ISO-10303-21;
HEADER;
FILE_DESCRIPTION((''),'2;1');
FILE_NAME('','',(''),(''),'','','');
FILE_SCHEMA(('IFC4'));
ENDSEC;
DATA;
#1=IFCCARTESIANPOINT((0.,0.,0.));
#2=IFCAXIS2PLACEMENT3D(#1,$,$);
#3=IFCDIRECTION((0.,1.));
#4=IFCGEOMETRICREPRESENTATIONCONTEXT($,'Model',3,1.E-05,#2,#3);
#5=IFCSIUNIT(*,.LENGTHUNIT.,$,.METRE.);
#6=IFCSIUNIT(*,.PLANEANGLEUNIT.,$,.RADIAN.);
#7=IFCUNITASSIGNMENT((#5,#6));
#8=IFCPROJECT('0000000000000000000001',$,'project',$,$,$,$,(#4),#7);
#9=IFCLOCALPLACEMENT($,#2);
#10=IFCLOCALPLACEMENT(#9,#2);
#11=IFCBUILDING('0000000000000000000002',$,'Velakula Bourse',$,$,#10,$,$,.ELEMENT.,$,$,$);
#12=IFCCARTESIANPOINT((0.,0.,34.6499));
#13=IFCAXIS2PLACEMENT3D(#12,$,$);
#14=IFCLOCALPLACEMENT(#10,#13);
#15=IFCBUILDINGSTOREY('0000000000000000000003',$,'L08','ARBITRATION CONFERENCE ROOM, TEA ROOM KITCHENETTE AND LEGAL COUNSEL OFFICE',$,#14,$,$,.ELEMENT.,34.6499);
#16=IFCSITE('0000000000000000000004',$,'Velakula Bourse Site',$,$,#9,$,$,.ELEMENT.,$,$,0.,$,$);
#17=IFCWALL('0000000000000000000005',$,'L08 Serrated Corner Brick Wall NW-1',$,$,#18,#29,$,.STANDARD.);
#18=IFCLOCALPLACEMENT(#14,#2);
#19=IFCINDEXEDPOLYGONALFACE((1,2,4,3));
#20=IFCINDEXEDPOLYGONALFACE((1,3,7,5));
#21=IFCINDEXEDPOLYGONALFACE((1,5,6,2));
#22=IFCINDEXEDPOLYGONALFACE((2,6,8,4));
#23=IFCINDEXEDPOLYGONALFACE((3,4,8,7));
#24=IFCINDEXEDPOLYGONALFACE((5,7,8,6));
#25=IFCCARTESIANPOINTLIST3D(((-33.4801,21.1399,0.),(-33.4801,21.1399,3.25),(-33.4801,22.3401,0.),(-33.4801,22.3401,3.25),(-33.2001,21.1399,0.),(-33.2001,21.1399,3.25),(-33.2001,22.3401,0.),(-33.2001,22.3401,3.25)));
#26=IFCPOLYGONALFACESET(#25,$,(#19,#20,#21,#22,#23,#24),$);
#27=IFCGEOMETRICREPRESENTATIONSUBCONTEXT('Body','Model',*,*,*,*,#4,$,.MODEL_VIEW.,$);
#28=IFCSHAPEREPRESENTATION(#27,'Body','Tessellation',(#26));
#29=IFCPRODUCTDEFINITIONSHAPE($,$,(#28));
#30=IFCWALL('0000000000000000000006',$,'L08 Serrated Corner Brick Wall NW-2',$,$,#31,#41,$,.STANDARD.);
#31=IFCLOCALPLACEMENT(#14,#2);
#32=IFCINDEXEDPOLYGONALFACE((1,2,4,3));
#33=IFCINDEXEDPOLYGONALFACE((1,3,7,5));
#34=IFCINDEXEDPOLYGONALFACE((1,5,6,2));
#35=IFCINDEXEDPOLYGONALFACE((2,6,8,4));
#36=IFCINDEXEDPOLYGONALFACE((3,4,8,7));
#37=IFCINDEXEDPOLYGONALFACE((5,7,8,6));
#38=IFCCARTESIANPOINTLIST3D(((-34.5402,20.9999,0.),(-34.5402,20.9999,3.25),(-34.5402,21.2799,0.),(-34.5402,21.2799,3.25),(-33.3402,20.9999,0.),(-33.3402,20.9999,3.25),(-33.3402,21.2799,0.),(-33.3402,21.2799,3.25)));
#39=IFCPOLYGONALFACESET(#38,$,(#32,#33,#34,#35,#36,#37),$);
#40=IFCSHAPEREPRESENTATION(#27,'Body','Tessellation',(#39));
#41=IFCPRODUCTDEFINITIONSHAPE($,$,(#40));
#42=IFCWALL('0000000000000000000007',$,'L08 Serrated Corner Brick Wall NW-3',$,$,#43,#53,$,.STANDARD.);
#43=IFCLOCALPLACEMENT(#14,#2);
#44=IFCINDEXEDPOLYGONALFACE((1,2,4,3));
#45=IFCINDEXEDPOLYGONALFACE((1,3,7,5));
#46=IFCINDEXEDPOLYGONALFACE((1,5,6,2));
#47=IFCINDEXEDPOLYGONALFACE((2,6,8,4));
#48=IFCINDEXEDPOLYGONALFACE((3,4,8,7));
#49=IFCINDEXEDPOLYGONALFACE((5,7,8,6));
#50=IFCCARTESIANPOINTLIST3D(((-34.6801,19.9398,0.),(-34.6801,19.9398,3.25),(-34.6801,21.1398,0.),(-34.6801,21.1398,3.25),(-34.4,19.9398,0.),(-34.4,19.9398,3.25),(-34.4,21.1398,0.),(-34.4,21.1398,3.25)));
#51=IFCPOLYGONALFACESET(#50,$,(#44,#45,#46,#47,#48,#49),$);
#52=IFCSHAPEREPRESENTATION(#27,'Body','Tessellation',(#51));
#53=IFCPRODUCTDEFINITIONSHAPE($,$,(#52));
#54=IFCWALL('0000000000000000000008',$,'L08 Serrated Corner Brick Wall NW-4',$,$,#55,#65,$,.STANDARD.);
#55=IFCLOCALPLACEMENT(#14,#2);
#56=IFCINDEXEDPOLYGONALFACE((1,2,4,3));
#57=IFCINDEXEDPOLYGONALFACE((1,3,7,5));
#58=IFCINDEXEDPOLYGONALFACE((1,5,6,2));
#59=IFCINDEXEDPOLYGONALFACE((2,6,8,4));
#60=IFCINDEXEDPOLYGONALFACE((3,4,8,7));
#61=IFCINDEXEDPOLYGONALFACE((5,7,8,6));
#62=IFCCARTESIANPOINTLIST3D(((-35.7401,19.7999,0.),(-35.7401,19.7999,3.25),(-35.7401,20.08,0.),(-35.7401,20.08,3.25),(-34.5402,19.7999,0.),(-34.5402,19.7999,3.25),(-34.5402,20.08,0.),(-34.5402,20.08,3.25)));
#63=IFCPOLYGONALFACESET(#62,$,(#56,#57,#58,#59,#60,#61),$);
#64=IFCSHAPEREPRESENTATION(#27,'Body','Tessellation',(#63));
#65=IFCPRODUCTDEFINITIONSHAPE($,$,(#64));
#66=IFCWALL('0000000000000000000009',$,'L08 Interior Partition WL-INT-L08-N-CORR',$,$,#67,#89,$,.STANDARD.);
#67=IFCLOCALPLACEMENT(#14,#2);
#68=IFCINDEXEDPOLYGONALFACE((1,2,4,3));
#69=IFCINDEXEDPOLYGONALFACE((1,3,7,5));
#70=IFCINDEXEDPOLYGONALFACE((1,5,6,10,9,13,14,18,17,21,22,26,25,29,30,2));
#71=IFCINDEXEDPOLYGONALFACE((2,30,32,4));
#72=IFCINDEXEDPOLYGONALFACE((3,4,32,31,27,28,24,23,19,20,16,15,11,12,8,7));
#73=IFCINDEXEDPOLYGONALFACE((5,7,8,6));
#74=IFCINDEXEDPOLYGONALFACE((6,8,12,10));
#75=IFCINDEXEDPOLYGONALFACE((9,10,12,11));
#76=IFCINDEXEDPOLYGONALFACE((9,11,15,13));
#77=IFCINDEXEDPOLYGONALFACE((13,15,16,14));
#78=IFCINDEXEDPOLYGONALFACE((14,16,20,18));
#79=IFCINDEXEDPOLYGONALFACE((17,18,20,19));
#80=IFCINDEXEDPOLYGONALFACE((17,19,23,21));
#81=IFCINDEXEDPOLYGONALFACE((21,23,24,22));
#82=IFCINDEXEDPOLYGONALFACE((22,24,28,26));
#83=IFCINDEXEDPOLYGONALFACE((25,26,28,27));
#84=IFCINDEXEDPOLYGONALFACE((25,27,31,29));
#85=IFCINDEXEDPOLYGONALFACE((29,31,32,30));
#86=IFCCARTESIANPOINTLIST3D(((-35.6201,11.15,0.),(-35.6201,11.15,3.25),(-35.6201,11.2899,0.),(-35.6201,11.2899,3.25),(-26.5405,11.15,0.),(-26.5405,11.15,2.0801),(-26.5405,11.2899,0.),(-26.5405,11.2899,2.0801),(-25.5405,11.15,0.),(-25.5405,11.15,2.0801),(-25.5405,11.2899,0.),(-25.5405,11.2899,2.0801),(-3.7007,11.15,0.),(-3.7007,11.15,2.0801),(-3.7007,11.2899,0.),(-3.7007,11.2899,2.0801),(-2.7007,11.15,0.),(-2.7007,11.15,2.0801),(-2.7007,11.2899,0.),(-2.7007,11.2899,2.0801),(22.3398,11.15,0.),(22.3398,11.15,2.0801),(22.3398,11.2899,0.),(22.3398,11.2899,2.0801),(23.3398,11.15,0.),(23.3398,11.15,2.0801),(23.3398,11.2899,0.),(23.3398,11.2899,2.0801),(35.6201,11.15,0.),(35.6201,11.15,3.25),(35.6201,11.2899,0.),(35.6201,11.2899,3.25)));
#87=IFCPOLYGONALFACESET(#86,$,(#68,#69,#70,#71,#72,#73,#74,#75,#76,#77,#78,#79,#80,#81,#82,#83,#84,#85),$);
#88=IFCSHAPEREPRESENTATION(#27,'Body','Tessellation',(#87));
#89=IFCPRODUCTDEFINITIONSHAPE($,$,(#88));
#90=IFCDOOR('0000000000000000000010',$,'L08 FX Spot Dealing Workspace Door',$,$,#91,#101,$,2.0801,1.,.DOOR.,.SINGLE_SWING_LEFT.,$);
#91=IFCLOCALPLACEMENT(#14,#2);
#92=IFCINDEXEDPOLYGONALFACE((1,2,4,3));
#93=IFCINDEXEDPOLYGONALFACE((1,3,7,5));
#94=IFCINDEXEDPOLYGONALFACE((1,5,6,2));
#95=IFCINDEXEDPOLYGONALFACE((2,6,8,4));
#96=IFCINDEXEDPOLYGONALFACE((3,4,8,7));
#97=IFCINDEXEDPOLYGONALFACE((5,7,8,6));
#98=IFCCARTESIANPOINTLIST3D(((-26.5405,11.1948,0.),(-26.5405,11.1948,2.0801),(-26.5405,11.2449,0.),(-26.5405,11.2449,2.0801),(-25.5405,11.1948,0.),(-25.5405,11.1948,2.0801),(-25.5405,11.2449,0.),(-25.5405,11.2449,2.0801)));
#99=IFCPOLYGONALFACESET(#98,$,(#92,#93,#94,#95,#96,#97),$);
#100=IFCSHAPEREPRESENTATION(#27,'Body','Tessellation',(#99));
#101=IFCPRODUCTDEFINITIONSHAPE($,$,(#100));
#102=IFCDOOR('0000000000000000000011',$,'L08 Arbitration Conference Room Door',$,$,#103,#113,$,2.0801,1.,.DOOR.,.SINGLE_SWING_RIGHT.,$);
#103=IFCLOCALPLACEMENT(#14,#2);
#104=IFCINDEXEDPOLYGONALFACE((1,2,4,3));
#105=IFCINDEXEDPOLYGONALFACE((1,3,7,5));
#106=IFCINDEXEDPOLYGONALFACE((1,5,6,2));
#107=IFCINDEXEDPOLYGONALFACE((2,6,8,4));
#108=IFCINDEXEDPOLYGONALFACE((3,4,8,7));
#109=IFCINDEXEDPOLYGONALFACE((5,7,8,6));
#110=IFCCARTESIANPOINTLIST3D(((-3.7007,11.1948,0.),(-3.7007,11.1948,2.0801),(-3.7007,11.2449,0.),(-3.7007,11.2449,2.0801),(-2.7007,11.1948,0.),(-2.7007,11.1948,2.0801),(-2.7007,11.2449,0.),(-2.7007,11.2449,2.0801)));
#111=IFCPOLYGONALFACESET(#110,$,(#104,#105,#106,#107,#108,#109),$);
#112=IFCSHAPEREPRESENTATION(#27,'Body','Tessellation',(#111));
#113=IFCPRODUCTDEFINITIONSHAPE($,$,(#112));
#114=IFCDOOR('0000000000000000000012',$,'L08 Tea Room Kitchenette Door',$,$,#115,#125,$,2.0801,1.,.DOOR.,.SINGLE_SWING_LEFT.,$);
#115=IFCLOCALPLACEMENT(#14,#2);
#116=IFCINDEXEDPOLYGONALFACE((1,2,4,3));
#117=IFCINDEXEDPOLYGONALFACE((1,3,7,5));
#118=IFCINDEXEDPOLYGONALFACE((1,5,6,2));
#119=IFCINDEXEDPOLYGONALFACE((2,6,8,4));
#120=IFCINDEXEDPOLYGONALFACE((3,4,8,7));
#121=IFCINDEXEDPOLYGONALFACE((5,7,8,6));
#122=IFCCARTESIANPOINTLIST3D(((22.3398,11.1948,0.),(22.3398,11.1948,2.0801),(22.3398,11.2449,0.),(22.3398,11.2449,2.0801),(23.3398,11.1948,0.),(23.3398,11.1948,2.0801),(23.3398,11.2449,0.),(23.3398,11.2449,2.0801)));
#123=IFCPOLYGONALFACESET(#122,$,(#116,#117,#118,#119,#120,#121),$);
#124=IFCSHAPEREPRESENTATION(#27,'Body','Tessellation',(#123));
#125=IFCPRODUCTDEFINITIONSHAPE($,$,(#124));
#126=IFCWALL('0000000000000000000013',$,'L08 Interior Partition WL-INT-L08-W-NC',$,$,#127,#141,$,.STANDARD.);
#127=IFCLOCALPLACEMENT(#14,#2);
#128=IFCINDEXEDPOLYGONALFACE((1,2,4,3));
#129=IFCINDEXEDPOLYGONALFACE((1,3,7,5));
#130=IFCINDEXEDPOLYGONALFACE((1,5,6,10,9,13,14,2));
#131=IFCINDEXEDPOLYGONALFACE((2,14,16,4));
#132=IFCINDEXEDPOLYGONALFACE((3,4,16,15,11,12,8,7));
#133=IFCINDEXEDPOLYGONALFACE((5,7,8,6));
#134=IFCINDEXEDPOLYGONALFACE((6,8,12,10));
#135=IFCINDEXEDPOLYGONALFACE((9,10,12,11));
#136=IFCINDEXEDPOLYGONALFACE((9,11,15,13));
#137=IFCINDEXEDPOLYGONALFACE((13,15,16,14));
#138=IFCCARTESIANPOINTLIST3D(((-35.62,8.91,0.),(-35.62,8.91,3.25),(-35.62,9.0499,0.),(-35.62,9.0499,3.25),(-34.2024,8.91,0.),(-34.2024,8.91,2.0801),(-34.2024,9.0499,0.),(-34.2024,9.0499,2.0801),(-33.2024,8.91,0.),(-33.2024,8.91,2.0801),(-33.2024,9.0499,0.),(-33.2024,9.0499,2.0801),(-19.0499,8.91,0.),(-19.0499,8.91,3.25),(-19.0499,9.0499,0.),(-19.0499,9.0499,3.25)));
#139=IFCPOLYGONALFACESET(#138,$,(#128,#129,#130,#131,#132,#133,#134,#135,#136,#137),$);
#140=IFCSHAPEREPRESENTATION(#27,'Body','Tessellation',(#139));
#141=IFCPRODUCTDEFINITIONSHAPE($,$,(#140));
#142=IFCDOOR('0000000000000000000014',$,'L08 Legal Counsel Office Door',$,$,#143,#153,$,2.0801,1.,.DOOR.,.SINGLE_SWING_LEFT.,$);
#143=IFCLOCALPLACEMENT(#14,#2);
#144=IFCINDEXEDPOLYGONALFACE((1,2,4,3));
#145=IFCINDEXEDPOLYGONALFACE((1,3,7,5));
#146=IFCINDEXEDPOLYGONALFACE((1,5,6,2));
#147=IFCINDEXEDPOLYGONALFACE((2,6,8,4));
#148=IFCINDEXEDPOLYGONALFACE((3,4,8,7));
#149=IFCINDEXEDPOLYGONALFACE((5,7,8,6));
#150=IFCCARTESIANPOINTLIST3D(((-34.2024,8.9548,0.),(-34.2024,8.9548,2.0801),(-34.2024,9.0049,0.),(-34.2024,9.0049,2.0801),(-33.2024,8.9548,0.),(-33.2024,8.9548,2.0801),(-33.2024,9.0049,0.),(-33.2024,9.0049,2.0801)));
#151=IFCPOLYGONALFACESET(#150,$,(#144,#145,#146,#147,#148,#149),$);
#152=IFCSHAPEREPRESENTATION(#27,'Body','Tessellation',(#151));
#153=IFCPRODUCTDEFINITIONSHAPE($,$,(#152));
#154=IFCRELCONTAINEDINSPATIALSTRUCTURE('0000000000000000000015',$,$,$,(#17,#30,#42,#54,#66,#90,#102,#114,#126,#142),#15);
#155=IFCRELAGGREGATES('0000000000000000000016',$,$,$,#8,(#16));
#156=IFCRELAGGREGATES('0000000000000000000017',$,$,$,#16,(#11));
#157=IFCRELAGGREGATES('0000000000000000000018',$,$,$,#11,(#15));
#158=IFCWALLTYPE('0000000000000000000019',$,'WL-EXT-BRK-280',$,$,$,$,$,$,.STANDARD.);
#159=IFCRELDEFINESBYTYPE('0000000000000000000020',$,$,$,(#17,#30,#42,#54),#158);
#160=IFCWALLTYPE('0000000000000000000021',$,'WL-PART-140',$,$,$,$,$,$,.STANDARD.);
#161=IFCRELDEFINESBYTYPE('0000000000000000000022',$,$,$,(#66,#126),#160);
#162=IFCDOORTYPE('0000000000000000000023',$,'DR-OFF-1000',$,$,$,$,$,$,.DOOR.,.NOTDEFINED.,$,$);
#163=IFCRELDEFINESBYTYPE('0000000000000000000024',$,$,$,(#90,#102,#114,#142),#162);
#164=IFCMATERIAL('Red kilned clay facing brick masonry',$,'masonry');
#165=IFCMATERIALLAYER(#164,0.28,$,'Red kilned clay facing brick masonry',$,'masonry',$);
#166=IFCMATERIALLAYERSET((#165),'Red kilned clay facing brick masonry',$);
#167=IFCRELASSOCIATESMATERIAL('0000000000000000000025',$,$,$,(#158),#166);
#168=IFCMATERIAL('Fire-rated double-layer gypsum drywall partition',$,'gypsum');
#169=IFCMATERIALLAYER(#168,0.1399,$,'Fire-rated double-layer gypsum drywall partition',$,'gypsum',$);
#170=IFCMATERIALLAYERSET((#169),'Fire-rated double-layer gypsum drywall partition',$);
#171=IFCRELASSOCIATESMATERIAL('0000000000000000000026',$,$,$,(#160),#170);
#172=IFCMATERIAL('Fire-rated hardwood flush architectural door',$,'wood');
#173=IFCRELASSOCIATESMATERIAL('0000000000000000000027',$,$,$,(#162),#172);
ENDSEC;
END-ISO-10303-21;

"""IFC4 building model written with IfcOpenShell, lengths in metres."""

from ifc_helpers import new_model, si_unit, direction, frame, frame_2d, origin, place, context, subcontext, project, spatial, rectangle, extrude, material, layer, layer_set, type_object, element, fill, save


model = new_model("IFC4")

# Units and contexts
model_context = context("Model", 3, precision=1e-05, world=origin(), true_north=direction((0.0, 1.0)))
body_context = subcontext(model_context, "Body", "Model", "MODEL_VIEW")
ifc_project = project(units=[si_unit("LENGTHUNIT", "METRE"), si_unit("PLANEANGLEUNIT", "RADIAN")], contexts=[model_context])

# Site, building, storey
site_placement = place(None, origin())
site = spatial("IfcSite", under=ifc_project, at=site_placement, Name="Velakula Bourse Site", CompositionType="ELEMENT", RefElevation=0.0)
building_placement = place(site_placement, origin())
building = spatial("IfcBuilding", under=site, at=building_placement, Name="Velakula Bourse", CompositionType="ELEMENT")
storey_placement = place(building_placement, frame((0.0, 0.0, 34.6499)))
storey = spatial("IfcBuildingStorey", under=building, at=storey_placement, Name="L08", Description="ARBITRATION CONFERENCE ROOM, TEA ROOM KITCHENETTE AND LEGAL COUNSEL OFFICE", CompositionType="ELEMENT", Elevation=34.6499)

# Shared definitions
ifc_material_1 = material(Name="Red kilned clay facing brick masonry", Category="masonry")
ifc_layer_1 = layer(ifc_material_1, 0.28, Name="Red kilned clay facing brick masonry", Category="masonry")
ifc_layer_set_1 = layer_set([ifc_layer_1], Name="Red kilned clay facing brick masonry")
wall_type_1 = type_object("IfcWallType", Name="WL-EXT-BRK-280", PredefinedType="STANDARD", material=ifc_layer_set_1)

# Walls
wall_1_placement = place(storey_placement, frame((-33.3401, 22.3401, 0.0), z_axis=(0.0, 0.0, 1.0), x_axis=(0.0, -1.0, 0.0)))
element("IfcWall", 1, at=wall_1_placement, inside=storey, type_object=wall_type_1, Name="L08 Serrated Corner Brick Wall NW-1", PredefinedType="STANDARD", context=body_context, shape_type="SweptSolid", body=[
    extrude(rectangle(XDim=1.2002, YDim=0.28, at=frame_2d((0.6001, 0.0))), origin(), (0.0, 0.0, 1.0), 3.25),
])
for number, where, z_axis, x_axis, name in (
    (2, (-33.3401, 21.1399, 0.0), (0.0, 0.0, 1.0), (-1.0, 0.0, 0.0), "L08 Serrated Corner Brick Wall NW-2"),
    (3, (-34.54, 21.1399, 0.0), (0.0, 0.0, 1.0), (0.0, -1.0, 0.0), "L08 Serrated Corner Brick Wall NW-3"),
    (4, (-34.54, 19.9399, 0.0), (0.0, 0.0, 1.0), (-1.0, 0.0, 0.0), "L08 Serrated Corner Brick Wall NW-4"),
):
    element("IfcWall", number, at=place(storey_placement, frame(where, z_axis=z_axis, x_axis=x_axis)), inside=storey, type_object=wall_type_1, Name=name, PredefinedType="STANDARD", context=body_context, shape_type="SweptSolid", body=[
        extrude(rectangle(XDim=1.2, YDim=0.28, at=frame_2d((0.6001, 0.0))), origin(), (0.0, 0.0, 1.0), 3.25),
    ])

# Wall, openings, doors
ifc_material_2 = material(Name="Fire-rated double-layer gypsum drywall partition", Category="gypsum")
ifc_layer_2 = layer(ifc_material_2, 0.1399, Name="Fire-rated double-layer gypsum drywall partition", Category="gypsum")
ifc_layer_set_2 = layer_set([ifc_layer_2], Name="Fire-rated double-layer gypsum drywall partition")
wall_type_2 = type_object("IfcWallType", Name="WL-PART-140", PredefinedType="STANDARD", material=ifc_layer_set_2)
wall_2_placement = place(storey_placement, frame((-35.6201, 11.22, 0.0), z_axis=(0.0, 0.0, 1.0), x_axis=(1.0, 0.0, 0.0)))
wall_2 = element("IfcWall", 5, at=wall_2_placement, inside=storey, type_object=wall_type_2, Name="L08 Interior Partition WL-INT-L08-N-CORR", PredefinedType="STANDARD", context=body_context, shape_type="SweptSolid", body=[
    extrude(rectangle(XDim=71.2402, YDim=0.1399, at=frame_2d((35.6201, 0.0))), origin(), (0.0, 0.0, 1.0), 3.25),
])
opening_1_placement = place(wall_2_placement, frame((9.0796, 0.0, 0.0)))
opening_1 = element("IfcOpeningElement", 6, at=opening_1_placement, cuts=wall_2, PredefinedType="OPENING", context=body_context, shape_type="SweptSolid", body=[
    extrude(rectangle(XDim=1.0, YDim=2.0801, at=frame_2d((0.5, 1.04))), frame((0.0, 0.0798, 0.0), z_axis=(0.0, -1.0, 0.0), x_axis=(1.0, 0.0, 0.0)), (0.0, 0.0, 1.0), 0.1599),
])
opening_2_placement = place(wall_2_placement, frame((31.9194, 0.0, 0.0)))
opening_2 = element("IfcOpeningElement", 7, at=opening_2_placement, cuts=wall_2, PredefinedType="OPENING", context=body_context, shape_type="SweptSolid", body=[
    extrude(rectangle(XDim=1.0, YDim=2.0801, at=frame_2d((0.5, 1.04))), frame((0.0, 0.0798, 0.0), z_axis=(0.0, -1.0, 0.0), x_axis=(1.0, 0.0, 0.0)), (0.0, 0.0, 1.0), 0.1599),
])
opening_3_placement = place(wall_2_placement, frame((57.96, 0.0, 0.0)))
opening_3 = element("IfcOpeningElement", 8, at=opening_3_placement, cuts=wall_2, PredefinedType="OPENING", context=body_context, shape_type="SweptSolid", body=[
    extrude(rectangle(XDim=1.0, YDim=2.0801, at=frame_2d((0.5, 1.04))), frame((0.0, 0.0798, 0.0), z_axis=(0.0, -1.0, 0.0), x_axis=(1.0, 0.0, 0.0)), (0.0, 0.0, 1.0), 0.1599),
])
ifc_material_3 = material(Name="Fire-rated hardwood flush architectural door", Category="wood")
door_type = type_object("IfcDoorType", Name="DR-OFF-1000", OperationType="NOTDEFINED", PredefinedType="DOOR", material=ifc_material_3)
door_1_placement = place(opening_1_placement, origin())
door_1 = element("IfcDoor", 9, at=door_1_placement, inside=storey, type_object=door_type, Name="L08 FX Spot Dealing Workspace Door", OperationType="SINGLE_SWING_LEFT", OverallHeight=2.0801, OverallWidth=1.0, PredefinedType="DOOR", context=body_context, shape_type="SweptSolid", body=[
    extrude(rectangle(XDim=1.0, YDim=2.0801, at=frame_2d((0.5, 1.04))), frame((0.0, 0.0249, 0.0), z_axis=(0.0, -1.0, 0.0), x_axis=(1.0, 0.0, 0.0)), (0.0, 0.0, 1.0), 0.05),
])
fill(opening_1, door_1)
door_2_placement = place(opening_2_placement, origin())
door_2 = element("IfcDoor", 10, at=door_2_placement, inside=storey, type_object=door_type, Name="L08 Arbitration Conference Room Door", OperationType="SINGLE_SWING_RIGHT", OverallHeight=2.0801, OverallWidth=1.0, PredefinedType="DOOR", context=body_context, shape_type="SweptSolid", body=[
    extrude(rectangle(XDim=1.0, YDim=2.0801, at=frame_2d((0.5, 1.04))), frame((0.0, 0.0249, 0.0), z_axis=(0.0, -1.0, 0.0), x_axis=(1.0, 0.0, 0.0)), (0.0, 0.0, 1.0), 0.05),
])
fill(opening_2, door_2)
door_3_placement = place(opening_3_placement, origin())
door_3 = element("IfcDoor", 11, at=door_3_placement, inside=storey, type_object=door_type, Name="L08 Tea Room Kitchenette Door", OperationType="SINGLE_SWING_LEFT", OverallHeight=2.0801, OverallWidth=1.0, PredefinedType="DOOR", context=body_context, shape_type="SweptSolid", body=[
    extrude(rectangle(XDim=1.0, YDim=2.0801, at=frame_2d((0.5, 1.04))), frame((0.0, 0.0249, 0.0), z_axis=(0.0, -1.0, 0.0), x_axis=(1.0, 0.0, 0.0)), (0.0, 0.0, 1.0), 0.05),
])
fill(opening_3, door_3)

# Wall, opening, door
wall_3_placement = place(storey_placement, frame((-35.6201, 8.98, 0.0), z_axis=(0.0, 0.0, 1.0), x_axis=(1.0, 0.0, 0.0)))
wall_3 = element("IfcWall", 12, at=wall_3_placement, inside=storey, type_object=wall_type_2, Name="L08 Interior Partition WL-INT-L08-W-NC", PredefinedType="STANDARD", context=body_context, shape_type="SweptSolid", body=[
    extrude(rectangle(XDim=16.5701, YDim=0.1399, at=frame_2d((8.2852, 0.0))), origin(), (0.0, 0.0, 1.0), 3.25),
])
opening_4_placement = place(wall_3_placement, frame((1.4177, 0.0, 0.0)))
opening_4 = element("IfcOpeningElement", 13, at=opening_4_placement, cuts=wall_3, PredefinedType="OPENING", context=body_context, shape_type="SweptSolid", body=[
    extrude(rectangle(XDim=1.0, YDim=2.0801, at=frame_2d((0.5, 1.04))), frame((0.0, 0.0798, 0.0), z_axis=(0.0, -1.0, 0.0), x_axis=(1.0, 0.0, 0.0)), (0.0, 0.0, 1.0), 0.1599),
])
door_4_placement = place(opening_4_placement, origin())
door_4 = element("IfcDoor", 14, at=door_4_placement, inside=storey, type_object=door_type, Name="L08 Legal Counsel Office Door", OperationType="SINGLE_SWING_LEFT", OverallHeight=2.0801, OverallWidth=1.0, PredefinedType="DOOR", context=body_context, shape_type="SweptSolid", body=[
    extrude(rectangle(XDim=1.0, YDim=2.0801, at=frame_2d((0.5, 1.04))), frame((0.0, 0.0249, 0.0), z_axis=(0.0, -1.0, 0.0), x_axis=(1.0, 0.0, 0.0)), (0.0, 0.0, 1.0), 0.05),
])
fill(opening_4, door_4)

save(model, "model.ifc")
